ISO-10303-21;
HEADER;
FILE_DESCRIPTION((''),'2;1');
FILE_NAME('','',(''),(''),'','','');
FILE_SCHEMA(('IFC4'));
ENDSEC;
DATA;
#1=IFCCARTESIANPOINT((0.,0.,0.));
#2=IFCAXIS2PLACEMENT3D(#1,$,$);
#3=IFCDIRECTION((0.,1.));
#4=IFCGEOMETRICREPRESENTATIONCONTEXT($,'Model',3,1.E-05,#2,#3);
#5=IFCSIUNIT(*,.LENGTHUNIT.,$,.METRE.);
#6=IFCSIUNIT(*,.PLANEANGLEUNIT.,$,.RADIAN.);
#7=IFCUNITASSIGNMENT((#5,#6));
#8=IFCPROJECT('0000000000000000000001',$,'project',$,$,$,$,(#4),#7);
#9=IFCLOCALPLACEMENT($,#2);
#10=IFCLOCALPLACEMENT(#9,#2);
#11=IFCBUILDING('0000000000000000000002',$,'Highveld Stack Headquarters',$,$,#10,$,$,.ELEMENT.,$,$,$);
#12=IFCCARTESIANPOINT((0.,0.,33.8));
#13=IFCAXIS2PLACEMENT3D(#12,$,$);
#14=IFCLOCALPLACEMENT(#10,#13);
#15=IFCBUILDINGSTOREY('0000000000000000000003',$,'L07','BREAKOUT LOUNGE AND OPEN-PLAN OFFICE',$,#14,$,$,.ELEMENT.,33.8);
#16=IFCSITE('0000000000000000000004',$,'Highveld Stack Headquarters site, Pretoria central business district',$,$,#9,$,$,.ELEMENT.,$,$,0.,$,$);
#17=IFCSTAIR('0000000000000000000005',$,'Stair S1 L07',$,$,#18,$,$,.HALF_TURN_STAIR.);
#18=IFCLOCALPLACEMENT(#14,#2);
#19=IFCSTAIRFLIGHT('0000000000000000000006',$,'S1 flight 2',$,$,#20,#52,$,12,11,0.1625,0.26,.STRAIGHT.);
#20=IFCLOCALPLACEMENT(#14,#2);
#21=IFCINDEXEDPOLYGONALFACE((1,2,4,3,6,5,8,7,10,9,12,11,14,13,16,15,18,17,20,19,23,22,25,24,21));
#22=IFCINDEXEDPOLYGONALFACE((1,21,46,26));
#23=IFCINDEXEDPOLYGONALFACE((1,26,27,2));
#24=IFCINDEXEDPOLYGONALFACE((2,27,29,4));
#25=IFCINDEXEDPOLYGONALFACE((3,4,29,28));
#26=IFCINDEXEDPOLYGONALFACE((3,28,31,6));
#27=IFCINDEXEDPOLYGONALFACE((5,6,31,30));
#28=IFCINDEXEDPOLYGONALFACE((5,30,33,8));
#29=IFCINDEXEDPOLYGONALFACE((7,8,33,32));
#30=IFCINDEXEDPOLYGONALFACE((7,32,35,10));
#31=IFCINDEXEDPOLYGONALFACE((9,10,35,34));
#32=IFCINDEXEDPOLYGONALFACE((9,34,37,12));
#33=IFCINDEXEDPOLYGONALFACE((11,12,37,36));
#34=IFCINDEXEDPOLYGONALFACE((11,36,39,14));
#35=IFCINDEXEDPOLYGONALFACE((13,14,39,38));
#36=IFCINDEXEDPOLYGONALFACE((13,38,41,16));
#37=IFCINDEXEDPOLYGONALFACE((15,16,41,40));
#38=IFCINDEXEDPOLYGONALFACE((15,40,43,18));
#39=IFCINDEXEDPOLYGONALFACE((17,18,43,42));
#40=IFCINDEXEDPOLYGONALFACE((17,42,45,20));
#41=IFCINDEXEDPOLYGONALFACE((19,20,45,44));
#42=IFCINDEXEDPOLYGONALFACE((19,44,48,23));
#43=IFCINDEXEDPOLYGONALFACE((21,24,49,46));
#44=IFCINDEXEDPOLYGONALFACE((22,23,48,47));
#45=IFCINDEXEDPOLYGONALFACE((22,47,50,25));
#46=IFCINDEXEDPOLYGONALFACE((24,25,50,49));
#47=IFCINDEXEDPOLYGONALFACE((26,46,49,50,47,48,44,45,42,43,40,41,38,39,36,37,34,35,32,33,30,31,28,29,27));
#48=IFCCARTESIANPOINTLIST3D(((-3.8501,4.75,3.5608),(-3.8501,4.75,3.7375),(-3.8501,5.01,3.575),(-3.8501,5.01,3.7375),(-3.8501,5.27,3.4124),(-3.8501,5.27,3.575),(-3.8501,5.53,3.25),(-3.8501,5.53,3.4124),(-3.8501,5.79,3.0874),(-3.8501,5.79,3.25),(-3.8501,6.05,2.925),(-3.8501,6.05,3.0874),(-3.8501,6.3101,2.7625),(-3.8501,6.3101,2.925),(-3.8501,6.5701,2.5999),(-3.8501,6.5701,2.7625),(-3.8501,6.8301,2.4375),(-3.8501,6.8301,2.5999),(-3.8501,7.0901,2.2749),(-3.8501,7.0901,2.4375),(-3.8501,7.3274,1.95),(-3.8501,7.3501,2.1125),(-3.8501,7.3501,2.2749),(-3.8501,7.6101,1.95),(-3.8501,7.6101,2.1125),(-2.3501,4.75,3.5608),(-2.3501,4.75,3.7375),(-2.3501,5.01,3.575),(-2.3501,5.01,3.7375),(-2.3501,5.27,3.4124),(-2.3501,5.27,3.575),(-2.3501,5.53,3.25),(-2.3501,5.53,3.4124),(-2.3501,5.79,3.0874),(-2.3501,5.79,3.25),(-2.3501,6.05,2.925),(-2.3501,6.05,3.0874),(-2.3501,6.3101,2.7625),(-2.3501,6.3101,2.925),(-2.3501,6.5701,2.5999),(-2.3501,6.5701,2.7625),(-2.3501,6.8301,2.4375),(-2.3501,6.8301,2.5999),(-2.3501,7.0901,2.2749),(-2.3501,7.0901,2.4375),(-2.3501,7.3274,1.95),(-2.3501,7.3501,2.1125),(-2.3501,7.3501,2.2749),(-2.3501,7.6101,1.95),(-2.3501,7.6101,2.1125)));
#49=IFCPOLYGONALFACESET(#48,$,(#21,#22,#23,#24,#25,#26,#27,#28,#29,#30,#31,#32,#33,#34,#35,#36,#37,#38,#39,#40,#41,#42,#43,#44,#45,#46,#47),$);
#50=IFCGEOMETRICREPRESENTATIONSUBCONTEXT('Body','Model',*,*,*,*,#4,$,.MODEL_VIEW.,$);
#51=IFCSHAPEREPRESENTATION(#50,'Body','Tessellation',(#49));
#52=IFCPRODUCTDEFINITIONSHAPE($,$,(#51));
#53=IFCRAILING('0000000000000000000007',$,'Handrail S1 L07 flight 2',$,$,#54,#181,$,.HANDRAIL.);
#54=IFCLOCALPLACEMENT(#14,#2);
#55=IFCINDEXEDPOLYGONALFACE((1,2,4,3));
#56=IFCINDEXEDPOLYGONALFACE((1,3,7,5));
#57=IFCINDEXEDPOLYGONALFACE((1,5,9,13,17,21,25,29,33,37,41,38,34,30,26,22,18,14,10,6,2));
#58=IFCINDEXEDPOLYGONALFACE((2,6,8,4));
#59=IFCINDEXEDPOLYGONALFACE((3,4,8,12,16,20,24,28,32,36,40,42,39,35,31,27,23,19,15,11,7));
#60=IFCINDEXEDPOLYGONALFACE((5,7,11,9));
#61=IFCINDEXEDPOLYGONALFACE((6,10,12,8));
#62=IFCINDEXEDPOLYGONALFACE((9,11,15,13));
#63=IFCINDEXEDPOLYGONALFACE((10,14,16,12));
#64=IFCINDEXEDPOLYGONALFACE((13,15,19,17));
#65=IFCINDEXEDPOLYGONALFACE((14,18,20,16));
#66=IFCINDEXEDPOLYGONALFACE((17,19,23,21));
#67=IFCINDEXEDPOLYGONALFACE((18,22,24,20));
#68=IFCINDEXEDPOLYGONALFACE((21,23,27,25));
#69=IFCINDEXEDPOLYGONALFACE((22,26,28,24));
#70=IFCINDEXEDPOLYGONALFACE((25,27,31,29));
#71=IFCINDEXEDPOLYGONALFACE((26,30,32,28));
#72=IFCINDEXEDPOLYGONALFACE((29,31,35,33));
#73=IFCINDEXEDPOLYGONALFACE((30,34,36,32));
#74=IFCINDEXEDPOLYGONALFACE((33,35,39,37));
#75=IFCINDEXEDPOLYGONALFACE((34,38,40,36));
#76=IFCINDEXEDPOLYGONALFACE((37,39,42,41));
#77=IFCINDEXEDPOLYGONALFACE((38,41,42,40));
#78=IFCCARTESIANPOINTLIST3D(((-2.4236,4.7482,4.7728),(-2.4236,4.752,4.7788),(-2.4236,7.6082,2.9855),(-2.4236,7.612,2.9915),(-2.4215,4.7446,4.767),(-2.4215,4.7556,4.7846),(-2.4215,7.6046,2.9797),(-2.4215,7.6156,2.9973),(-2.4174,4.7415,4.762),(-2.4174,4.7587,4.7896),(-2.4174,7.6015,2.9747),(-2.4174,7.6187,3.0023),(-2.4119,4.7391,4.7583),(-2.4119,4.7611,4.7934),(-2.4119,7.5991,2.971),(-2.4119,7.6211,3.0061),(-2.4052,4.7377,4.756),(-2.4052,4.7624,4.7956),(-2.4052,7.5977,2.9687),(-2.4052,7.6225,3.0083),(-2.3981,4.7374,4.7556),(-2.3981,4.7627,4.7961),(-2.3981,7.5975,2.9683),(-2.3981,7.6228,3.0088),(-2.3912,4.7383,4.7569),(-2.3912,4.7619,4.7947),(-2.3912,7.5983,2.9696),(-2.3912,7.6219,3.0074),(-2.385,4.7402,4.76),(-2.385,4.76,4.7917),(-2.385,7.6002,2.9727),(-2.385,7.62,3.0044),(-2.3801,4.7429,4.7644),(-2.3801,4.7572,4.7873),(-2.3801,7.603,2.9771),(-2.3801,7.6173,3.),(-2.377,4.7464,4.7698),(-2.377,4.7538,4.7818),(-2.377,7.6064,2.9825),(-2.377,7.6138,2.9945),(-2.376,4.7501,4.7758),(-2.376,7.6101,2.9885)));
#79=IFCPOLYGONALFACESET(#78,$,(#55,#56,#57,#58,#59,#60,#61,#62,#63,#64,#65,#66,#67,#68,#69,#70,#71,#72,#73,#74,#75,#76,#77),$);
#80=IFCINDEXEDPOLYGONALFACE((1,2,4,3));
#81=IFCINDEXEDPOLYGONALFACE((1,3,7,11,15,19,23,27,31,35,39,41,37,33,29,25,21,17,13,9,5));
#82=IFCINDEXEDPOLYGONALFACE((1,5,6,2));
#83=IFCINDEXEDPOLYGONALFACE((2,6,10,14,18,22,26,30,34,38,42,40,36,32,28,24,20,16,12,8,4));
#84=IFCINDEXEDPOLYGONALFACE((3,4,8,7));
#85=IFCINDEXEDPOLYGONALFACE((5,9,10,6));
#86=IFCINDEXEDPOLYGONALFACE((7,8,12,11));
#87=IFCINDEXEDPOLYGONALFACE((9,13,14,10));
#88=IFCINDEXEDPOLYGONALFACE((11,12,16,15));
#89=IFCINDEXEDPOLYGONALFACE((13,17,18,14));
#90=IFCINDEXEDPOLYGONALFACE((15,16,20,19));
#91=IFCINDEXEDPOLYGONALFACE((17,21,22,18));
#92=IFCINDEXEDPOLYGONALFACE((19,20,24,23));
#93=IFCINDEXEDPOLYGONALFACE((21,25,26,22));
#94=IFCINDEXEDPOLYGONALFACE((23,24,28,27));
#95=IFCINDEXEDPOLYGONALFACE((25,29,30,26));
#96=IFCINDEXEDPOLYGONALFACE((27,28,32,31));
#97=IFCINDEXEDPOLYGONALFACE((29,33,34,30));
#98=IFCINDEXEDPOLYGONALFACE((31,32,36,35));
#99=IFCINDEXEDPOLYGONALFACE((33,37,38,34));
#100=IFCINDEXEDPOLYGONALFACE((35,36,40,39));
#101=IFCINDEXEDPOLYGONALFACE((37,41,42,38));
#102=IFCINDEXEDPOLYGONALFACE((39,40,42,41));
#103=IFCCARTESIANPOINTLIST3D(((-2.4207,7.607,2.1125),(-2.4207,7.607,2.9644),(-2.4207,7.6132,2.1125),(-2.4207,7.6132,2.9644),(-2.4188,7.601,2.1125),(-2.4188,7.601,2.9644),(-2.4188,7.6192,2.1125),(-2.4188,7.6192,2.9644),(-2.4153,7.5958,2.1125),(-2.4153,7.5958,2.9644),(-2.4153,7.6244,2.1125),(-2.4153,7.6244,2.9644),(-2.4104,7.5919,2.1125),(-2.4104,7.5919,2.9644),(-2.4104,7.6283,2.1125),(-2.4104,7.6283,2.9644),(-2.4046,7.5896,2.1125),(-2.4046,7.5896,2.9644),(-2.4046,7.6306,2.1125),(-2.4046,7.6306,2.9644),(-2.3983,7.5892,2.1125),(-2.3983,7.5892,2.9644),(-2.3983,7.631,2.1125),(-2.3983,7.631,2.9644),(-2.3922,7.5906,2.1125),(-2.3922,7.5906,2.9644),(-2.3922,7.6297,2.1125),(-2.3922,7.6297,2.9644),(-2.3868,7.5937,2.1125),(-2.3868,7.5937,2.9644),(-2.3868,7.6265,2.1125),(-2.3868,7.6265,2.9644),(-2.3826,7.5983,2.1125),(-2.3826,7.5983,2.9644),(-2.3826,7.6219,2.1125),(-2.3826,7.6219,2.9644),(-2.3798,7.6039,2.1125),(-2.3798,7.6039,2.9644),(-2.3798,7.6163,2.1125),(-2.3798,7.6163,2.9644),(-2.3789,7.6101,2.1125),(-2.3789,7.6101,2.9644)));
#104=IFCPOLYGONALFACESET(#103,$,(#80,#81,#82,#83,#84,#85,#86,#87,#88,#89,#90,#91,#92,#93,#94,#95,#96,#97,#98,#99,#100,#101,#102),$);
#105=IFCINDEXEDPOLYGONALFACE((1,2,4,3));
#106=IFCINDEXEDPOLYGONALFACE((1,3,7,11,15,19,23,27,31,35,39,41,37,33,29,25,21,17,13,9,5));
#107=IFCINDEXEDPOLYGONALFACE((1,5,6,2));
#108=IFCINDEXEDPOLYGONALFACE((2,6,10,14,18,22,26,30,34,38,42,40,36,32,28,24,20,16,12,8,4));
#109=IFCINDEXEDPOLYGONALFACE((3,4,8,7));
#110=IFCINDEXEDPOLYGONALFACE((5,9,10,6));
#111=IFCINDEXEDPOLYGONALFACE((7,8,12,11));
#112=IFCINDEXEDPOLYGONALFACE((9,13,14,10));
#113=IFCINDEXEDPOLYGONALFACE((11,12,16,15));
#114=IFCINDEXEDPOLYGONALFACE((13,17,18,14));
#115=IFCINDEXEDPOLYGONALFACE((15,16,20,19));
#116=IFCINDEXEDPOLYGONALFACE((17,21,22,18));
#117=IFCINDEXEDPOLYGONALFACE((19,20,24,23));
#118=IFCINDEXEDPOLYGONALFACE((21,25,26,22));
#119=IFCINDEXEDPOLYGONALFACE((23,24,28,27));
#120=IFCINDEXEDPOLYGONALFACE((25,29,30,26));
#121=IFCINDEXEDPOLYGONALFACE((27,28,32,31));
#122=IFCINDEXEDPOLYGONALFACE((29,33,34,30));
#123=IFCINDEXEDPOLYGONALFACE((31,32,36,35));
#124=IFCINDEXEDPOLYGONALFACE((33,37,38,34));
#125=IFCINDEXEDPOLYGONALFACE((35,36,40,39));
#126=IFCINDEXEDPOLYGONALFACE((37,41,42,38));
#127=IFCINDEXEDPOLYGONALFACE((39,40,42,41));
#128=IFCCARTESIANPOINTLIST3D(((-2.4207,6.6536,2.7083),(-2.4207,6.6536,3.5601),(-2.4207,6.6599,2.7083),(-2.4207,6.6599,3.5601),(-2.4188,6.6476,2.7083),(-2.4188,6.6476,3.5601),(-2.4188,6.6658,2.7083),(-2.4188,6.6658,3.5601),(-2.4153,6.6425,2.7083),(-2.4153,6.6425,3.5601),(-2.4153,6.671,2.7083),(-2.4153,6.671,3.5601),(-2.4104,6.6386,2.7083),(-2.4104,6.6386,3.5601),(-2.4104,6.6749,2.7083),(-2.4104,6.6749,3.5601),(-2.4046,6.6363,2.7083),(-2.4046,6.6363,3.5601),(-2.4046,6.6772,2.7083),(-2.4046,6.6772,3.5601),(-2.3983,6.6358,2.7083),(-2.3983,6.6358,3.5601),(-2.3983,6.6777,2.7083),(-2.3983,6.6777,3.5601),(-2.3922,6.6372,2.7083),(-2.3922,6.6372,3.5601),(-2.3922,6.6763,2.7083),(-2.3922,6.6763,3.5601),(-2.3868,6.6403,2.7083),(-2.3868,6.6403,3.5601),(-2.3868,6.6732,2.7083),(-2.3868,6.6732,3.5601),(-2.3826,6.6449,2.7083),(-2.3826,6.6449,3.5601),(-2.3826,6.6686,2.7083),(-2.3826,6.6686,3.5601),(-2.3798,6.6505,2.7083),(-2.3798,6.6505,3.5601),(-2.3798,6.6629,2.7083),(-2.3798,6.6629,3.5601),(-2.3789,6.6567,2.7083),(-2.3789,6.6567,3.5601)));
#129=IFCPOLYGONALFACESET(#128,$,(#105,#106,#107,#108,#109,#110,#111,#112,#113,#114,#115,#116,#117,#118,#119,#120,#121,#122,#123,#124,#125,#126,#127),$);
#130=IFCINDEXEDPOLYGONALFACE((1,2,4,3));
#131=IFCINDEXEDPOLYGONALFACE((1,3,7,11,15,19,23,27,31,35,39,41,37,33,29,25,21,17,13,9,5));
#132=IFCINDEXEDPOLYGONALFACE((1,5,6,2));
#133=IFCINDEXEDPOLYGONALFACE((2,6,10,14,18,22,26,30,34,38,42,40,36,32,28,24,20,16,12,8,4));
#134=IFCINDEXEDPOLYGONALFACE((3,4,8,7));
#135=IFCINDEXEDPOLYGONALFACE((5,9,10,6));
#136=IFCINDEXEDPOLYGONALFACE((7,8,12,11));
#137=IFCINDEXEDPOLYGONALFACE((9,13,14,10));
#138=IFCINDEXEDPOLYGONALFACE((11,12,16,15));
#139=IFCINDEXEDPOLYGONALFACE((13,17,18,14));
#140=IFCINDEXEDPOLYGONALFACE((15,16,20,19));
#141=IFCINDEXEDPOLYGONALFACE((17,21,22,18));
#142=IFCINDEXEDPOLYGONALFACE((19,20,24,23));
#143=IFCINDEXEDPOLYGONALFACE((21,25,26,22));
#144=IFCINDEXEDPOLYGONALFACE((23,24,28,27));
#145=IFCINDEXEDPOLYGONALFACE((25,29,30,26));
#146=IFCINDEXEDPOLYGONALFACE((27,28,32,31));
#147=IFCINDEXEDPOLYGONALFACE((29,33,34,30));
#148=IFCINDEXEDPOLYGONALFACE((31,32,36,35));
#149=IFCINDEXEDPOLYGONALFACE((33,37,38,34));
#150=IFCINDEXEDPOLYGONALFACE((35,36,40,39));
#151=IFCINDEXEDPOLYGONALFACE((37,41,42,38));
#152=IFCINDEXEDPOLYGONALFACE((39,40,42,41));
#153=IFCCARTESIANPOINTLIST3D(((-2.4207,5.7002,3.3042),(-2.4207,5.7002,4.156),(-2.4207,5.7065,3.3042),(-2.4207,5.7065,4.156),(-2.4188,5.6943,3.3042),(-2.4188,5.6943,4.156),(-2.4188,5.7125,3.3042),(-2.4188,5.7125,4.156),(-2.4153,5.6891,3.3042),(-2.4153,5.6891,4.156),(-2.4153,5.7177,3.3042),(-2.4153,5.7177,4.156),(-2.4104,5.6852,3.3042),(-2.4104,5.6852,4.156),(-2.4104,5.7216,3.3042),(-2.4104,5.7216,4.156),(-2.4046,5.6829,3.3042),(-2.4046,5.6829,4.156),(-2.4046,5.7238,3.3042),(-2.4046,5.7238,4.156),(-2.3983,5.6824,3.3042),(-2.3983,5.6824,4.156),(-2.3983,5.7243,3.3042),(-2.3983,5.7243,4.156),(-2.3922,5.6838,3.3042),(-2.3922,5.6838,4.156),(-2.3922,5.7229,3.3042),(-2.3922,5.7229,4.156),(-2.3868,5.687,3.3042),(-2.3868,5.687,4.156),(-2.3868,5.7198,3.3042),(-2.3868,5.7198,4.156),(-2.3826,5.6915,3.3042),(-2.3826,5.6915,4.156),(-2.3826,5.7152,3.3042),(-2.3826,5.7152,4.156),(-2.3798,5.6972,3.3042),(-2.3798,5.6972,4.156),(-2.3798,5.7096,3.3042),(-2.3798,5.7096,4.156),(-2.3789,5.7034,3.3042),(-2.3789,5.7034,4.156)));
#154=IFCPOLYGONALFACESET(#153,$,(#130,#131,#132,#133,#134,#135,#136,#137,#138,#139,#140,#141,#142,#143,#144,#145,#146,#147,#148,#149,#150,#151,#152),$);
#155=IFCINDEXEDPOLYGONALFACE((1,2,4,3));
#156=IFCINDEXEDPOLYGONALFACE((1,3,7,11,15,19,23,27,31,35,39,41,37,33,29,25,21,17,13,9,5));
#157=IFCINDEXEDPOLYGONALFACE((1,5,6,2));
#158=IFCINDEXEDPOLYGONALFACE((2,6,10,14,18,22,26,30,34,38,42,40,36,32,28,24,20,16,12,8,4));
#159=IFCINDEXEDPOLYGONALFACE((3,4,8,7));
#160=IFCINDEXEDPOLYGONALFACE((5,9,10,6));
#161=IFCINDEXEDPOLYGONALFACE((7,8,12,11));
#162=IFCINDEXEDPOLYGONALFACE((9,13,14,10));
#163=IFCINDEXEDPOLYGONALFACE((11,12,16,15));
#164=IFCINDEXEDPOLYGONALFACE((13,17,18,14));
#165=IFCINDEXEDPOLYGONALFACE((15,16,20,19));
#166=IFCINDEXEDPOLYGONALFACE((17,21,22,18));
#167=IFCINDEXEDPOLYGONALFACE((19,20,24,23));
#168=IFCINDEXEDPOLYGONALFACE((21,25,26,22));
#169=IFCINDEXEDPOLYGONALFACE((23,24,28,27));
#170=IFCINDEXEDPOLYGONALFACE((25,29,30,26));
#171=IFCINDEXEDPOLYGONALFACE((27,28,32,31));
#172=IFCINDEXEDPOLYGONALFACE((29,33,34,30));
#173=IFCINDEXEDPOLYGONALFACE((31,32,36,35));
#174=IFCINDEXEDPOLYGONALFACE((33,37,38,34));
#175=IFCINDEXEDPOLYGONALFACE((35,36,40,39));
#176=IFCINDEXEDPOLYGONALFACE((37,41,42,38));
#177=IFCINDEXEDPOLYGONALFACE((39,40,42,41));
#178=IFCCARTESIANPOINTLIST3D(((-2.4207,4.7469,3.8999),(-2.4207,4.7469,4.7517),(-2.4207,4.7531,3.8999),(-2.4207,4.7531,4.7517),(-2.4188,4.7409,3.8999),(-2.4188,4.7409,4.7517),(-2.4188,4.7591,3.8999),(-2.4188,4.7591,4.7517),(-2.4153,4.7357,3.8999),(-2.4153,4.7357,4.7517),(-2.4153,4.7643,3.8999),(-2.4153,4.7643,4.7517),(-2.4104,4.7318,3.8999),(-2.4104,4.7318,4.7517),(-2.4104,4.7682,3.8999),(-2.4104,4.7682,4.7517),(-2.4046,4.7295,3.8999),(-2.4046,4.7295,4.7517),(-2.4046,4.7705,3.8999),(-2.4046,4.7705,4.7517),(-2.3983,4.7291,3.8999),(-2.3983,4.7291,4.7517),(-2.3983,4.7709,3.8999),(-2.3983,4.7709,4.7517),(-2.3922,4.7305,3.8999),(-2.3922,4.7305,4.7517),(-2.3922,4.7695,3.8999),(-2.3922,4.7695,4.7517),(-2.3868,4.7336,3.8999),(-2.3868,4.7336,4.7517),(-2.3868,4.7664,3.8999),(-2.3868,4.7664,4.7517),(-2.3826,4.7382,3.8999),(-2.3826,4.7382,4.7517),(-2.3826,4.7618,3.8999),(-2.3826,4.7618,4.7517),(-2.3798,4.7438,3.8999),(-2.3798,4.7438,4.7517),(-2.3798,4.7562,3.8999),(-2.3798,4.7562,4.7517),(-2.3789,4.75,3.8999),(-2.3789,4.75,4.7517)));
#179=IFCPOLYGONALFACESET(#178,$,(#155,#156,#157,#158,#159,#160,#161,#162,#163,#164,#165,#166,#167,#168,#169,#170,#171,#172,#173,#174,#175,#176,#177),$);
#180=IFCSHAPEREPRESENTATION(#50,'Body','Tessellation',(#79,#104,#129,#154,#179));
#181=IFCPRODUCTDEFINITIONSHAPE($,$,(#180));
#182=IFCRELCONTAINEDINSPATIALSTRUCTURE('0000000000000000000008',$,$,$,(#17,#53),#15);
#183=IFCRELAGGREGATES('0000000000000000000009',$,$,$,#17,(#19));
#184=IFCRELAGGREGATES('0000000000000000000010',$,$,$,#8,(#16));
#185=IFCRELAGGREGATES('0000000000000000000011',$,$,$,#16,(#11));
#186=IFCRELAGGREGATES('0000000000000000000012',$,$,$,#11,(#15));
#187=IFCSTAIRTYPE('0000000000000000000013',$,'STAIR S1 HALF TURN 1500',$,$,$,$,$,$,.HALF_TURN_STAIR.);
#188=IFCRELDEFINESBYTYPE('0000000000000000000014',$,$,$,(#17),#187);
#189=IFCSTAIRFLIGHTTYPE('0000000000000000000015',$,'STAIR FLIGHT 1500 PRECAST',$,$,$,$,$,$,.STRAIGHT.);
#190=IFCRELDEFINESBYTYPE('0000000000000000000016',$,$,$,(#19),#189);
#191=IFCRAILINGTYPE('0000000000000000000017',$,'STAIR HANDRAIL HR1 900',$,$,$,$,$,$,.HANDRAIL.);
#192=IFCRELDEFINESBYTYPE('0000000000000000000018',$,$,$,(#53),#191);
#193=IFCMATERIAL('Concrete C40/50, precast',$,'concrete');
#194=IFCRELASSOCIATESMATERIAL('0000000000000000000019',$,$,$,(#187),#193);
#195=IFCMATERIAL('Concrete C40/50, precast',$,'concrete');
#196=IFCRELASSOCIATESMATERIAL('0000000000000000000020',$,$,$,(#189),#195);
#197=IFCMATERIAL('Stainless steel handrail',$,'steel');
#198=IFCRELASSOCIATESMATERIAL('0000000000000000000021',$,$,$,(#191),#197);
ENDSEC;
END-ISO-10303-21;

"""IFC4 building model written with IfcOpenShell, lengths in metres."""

from ifc_helpers import new_model, si_unit, direction, frame, origin, origin_2d, place, context, subcontext, project, spatial, polyline, circle, outline, extrude, material, type_object, element, aggregate, save


model = new_model("IFC4")

# Units and contexts
model_context = context("Model", 3, precision=1e-05, world=origin(), true_north=direction((0.0, 1.0)))
body_context = subcontext(model_context, "Body", "Model", "MODEL_VIEW")
ifc_project = project(units=[si_unit("LENGTHUNIT", "METRE"), si_unit("PLANEANGLEUNIT", "RADIAN")], contexts=[model_context])

# Site, building, storey
site_placement = place(None, origin())
site = spatial("IfcSite", under=ifc_project, at=site_placement, Name="Highveld Stack Headquarters site, Pretoria central business district", CompositionType="ELEMENT", RefElevation=0.0)
building_placement = place(site_placement, origin())
building = spatial("IfcBuilding", under=site, at=building_placement, Name="Highveld Stack Headquarters", CompositionType="ELEMENT")
storey_placement = place(building_placement, frame((0.0, 0.0, 33.8)))
storey = spatial("IfcBuildingStorey", under=building, at=storey_placement, Name="L07", Description="BREAKOUT LOUNGE AND OPEN-PLAN OFFICE", CompositionType="ELEMENT", Elevation=33.8)

# Stair, stair flight
ifc_material_1 = material(Name="Concrete C40/50, precast", Category="concrete")
stair_type = type_object("IfcStairType", Name="STAIR S1 HALF TURN 1500", PredefinedType="HALF_TURN_STAIR", material=ifc_material_1)
stair_placement = place(storey_placement, origin())
stair = element("IfcStair", 1, at=stair_placement, inside=storey, type_object=stair_type, Name="Stair S1 L07", PredefinedType="HALF_TURN_STAIR")
ifc_material_2 = material(Name="Concrete C40/50, precast", Category="concrete")
stair_flight_type = type_object("IfcStairFlightType", Name="STAIR FLIGHT 1500 PRECAST", PredefinedType="STRAIGHT", material=ifc_material_2)
stair_flight_placement = place(storey_placement, frame((-3.1001, 7.6101, 1.95), z_axis=(0.0, 0.0, 1.0), x_axis=(0.0, -1.0, 0.0)))
stair_flight = element("IfcStairFlight", 2, at=stair_flight_placement, type_object=stair_flight_type, Name="S1 flight 2", NumberOfRisers=12, NumberOfTreads=11, PredefinedType="STRAIGHT", RiserHeight=0.1625, TreadLength=0.26, context=body_context, shape_type="SweptSolid", body=[
    extrude(outline(polyline([(0.0, 0.0), (0.0, 0.1626), (0.26, 0.1626), (0.26, 0.325), (0.52, 0.325), (0.52, 0.4875), (0.78, 0.4875), (0.78, 0.6499), (1.04, 0.6499), (1.04, 0.8125), (1.3, 0.8125), (1.3, 0.9751), (1.5601, 0.9751), (1.5601, 1.1375), (1.8201, 1.1375), (1.8201, 1.3), (2.0801, 1.3), (2.0801, 1.4624), (2.3401, 1.4624), (2.3401, 1.625), (2.6001, 1.625), (2.6001, 1.7876), (2.8601, 1.7876), (2.8601, 1.95), (2.8601, 1.6108), (0.2827, 0.0), (0.0, 0.0)])), frame((0.0, 0.75, 0.0), z_axis=(0.0, -1.0, 0.0), x_axis=(1.0, 0.0, 0.0)), (0.0, 0.0, 1.0), 1.5),
])
aggregate(stair, [stair_flight])

# Railing
ifc_material_3 = material(Name="Stainless steel handrail", Category="steel")
railing_type = type_object("IfcRailingType", Name="STAIR HANDRAIL HR1 900", PredefinedType="HANDRAIL", material=ifc_material_3)
railing_placement = place(storey_placement, frame((-2.3999, 7.6101, 2.1125)))
element("IfcRailing", 3, at=railing_placement, inside=storey, type_object=railing_type, Name="Handrail S1 L07 flight 2", PredefinedType="HANDRAIL", context=body_context, shape_type="SweptSolid", body=[
    extrude(circle(Radius=0.0239, at=origin_2d()), frame((0.0, 0.0, 0.876), z_axis=(0.0, -0.848027, 0.529953), x_axis=(1.0, 0.0, 0.0)), (0.0, 0.0, 1.0), 3.3726),
    extrude(circle(Radius=0.021, at=origin_2d()), origin(), (0.0, 0.0, 1.0), 0.8518),
    extrude(circle(Radius=0.021, at=origin_2d()), frame((0.0, -0.9534, 0.5957)), (0.0, 0.0, 1.0), 0.8518),
    extrude(circle(Radius=0.021, at=origin_2d()), frame((0.0, -1.9067, 1.1917)), (0.0, 0.0, 1.0), 0.8518),
    extrude(circle(Radius=0.021, at=origin_2d()), frame((0.0, -2.8601, 1.7874)), (0.0, 0.0, 1.0), 0.8518),
])

save(model, "model.ifc")
